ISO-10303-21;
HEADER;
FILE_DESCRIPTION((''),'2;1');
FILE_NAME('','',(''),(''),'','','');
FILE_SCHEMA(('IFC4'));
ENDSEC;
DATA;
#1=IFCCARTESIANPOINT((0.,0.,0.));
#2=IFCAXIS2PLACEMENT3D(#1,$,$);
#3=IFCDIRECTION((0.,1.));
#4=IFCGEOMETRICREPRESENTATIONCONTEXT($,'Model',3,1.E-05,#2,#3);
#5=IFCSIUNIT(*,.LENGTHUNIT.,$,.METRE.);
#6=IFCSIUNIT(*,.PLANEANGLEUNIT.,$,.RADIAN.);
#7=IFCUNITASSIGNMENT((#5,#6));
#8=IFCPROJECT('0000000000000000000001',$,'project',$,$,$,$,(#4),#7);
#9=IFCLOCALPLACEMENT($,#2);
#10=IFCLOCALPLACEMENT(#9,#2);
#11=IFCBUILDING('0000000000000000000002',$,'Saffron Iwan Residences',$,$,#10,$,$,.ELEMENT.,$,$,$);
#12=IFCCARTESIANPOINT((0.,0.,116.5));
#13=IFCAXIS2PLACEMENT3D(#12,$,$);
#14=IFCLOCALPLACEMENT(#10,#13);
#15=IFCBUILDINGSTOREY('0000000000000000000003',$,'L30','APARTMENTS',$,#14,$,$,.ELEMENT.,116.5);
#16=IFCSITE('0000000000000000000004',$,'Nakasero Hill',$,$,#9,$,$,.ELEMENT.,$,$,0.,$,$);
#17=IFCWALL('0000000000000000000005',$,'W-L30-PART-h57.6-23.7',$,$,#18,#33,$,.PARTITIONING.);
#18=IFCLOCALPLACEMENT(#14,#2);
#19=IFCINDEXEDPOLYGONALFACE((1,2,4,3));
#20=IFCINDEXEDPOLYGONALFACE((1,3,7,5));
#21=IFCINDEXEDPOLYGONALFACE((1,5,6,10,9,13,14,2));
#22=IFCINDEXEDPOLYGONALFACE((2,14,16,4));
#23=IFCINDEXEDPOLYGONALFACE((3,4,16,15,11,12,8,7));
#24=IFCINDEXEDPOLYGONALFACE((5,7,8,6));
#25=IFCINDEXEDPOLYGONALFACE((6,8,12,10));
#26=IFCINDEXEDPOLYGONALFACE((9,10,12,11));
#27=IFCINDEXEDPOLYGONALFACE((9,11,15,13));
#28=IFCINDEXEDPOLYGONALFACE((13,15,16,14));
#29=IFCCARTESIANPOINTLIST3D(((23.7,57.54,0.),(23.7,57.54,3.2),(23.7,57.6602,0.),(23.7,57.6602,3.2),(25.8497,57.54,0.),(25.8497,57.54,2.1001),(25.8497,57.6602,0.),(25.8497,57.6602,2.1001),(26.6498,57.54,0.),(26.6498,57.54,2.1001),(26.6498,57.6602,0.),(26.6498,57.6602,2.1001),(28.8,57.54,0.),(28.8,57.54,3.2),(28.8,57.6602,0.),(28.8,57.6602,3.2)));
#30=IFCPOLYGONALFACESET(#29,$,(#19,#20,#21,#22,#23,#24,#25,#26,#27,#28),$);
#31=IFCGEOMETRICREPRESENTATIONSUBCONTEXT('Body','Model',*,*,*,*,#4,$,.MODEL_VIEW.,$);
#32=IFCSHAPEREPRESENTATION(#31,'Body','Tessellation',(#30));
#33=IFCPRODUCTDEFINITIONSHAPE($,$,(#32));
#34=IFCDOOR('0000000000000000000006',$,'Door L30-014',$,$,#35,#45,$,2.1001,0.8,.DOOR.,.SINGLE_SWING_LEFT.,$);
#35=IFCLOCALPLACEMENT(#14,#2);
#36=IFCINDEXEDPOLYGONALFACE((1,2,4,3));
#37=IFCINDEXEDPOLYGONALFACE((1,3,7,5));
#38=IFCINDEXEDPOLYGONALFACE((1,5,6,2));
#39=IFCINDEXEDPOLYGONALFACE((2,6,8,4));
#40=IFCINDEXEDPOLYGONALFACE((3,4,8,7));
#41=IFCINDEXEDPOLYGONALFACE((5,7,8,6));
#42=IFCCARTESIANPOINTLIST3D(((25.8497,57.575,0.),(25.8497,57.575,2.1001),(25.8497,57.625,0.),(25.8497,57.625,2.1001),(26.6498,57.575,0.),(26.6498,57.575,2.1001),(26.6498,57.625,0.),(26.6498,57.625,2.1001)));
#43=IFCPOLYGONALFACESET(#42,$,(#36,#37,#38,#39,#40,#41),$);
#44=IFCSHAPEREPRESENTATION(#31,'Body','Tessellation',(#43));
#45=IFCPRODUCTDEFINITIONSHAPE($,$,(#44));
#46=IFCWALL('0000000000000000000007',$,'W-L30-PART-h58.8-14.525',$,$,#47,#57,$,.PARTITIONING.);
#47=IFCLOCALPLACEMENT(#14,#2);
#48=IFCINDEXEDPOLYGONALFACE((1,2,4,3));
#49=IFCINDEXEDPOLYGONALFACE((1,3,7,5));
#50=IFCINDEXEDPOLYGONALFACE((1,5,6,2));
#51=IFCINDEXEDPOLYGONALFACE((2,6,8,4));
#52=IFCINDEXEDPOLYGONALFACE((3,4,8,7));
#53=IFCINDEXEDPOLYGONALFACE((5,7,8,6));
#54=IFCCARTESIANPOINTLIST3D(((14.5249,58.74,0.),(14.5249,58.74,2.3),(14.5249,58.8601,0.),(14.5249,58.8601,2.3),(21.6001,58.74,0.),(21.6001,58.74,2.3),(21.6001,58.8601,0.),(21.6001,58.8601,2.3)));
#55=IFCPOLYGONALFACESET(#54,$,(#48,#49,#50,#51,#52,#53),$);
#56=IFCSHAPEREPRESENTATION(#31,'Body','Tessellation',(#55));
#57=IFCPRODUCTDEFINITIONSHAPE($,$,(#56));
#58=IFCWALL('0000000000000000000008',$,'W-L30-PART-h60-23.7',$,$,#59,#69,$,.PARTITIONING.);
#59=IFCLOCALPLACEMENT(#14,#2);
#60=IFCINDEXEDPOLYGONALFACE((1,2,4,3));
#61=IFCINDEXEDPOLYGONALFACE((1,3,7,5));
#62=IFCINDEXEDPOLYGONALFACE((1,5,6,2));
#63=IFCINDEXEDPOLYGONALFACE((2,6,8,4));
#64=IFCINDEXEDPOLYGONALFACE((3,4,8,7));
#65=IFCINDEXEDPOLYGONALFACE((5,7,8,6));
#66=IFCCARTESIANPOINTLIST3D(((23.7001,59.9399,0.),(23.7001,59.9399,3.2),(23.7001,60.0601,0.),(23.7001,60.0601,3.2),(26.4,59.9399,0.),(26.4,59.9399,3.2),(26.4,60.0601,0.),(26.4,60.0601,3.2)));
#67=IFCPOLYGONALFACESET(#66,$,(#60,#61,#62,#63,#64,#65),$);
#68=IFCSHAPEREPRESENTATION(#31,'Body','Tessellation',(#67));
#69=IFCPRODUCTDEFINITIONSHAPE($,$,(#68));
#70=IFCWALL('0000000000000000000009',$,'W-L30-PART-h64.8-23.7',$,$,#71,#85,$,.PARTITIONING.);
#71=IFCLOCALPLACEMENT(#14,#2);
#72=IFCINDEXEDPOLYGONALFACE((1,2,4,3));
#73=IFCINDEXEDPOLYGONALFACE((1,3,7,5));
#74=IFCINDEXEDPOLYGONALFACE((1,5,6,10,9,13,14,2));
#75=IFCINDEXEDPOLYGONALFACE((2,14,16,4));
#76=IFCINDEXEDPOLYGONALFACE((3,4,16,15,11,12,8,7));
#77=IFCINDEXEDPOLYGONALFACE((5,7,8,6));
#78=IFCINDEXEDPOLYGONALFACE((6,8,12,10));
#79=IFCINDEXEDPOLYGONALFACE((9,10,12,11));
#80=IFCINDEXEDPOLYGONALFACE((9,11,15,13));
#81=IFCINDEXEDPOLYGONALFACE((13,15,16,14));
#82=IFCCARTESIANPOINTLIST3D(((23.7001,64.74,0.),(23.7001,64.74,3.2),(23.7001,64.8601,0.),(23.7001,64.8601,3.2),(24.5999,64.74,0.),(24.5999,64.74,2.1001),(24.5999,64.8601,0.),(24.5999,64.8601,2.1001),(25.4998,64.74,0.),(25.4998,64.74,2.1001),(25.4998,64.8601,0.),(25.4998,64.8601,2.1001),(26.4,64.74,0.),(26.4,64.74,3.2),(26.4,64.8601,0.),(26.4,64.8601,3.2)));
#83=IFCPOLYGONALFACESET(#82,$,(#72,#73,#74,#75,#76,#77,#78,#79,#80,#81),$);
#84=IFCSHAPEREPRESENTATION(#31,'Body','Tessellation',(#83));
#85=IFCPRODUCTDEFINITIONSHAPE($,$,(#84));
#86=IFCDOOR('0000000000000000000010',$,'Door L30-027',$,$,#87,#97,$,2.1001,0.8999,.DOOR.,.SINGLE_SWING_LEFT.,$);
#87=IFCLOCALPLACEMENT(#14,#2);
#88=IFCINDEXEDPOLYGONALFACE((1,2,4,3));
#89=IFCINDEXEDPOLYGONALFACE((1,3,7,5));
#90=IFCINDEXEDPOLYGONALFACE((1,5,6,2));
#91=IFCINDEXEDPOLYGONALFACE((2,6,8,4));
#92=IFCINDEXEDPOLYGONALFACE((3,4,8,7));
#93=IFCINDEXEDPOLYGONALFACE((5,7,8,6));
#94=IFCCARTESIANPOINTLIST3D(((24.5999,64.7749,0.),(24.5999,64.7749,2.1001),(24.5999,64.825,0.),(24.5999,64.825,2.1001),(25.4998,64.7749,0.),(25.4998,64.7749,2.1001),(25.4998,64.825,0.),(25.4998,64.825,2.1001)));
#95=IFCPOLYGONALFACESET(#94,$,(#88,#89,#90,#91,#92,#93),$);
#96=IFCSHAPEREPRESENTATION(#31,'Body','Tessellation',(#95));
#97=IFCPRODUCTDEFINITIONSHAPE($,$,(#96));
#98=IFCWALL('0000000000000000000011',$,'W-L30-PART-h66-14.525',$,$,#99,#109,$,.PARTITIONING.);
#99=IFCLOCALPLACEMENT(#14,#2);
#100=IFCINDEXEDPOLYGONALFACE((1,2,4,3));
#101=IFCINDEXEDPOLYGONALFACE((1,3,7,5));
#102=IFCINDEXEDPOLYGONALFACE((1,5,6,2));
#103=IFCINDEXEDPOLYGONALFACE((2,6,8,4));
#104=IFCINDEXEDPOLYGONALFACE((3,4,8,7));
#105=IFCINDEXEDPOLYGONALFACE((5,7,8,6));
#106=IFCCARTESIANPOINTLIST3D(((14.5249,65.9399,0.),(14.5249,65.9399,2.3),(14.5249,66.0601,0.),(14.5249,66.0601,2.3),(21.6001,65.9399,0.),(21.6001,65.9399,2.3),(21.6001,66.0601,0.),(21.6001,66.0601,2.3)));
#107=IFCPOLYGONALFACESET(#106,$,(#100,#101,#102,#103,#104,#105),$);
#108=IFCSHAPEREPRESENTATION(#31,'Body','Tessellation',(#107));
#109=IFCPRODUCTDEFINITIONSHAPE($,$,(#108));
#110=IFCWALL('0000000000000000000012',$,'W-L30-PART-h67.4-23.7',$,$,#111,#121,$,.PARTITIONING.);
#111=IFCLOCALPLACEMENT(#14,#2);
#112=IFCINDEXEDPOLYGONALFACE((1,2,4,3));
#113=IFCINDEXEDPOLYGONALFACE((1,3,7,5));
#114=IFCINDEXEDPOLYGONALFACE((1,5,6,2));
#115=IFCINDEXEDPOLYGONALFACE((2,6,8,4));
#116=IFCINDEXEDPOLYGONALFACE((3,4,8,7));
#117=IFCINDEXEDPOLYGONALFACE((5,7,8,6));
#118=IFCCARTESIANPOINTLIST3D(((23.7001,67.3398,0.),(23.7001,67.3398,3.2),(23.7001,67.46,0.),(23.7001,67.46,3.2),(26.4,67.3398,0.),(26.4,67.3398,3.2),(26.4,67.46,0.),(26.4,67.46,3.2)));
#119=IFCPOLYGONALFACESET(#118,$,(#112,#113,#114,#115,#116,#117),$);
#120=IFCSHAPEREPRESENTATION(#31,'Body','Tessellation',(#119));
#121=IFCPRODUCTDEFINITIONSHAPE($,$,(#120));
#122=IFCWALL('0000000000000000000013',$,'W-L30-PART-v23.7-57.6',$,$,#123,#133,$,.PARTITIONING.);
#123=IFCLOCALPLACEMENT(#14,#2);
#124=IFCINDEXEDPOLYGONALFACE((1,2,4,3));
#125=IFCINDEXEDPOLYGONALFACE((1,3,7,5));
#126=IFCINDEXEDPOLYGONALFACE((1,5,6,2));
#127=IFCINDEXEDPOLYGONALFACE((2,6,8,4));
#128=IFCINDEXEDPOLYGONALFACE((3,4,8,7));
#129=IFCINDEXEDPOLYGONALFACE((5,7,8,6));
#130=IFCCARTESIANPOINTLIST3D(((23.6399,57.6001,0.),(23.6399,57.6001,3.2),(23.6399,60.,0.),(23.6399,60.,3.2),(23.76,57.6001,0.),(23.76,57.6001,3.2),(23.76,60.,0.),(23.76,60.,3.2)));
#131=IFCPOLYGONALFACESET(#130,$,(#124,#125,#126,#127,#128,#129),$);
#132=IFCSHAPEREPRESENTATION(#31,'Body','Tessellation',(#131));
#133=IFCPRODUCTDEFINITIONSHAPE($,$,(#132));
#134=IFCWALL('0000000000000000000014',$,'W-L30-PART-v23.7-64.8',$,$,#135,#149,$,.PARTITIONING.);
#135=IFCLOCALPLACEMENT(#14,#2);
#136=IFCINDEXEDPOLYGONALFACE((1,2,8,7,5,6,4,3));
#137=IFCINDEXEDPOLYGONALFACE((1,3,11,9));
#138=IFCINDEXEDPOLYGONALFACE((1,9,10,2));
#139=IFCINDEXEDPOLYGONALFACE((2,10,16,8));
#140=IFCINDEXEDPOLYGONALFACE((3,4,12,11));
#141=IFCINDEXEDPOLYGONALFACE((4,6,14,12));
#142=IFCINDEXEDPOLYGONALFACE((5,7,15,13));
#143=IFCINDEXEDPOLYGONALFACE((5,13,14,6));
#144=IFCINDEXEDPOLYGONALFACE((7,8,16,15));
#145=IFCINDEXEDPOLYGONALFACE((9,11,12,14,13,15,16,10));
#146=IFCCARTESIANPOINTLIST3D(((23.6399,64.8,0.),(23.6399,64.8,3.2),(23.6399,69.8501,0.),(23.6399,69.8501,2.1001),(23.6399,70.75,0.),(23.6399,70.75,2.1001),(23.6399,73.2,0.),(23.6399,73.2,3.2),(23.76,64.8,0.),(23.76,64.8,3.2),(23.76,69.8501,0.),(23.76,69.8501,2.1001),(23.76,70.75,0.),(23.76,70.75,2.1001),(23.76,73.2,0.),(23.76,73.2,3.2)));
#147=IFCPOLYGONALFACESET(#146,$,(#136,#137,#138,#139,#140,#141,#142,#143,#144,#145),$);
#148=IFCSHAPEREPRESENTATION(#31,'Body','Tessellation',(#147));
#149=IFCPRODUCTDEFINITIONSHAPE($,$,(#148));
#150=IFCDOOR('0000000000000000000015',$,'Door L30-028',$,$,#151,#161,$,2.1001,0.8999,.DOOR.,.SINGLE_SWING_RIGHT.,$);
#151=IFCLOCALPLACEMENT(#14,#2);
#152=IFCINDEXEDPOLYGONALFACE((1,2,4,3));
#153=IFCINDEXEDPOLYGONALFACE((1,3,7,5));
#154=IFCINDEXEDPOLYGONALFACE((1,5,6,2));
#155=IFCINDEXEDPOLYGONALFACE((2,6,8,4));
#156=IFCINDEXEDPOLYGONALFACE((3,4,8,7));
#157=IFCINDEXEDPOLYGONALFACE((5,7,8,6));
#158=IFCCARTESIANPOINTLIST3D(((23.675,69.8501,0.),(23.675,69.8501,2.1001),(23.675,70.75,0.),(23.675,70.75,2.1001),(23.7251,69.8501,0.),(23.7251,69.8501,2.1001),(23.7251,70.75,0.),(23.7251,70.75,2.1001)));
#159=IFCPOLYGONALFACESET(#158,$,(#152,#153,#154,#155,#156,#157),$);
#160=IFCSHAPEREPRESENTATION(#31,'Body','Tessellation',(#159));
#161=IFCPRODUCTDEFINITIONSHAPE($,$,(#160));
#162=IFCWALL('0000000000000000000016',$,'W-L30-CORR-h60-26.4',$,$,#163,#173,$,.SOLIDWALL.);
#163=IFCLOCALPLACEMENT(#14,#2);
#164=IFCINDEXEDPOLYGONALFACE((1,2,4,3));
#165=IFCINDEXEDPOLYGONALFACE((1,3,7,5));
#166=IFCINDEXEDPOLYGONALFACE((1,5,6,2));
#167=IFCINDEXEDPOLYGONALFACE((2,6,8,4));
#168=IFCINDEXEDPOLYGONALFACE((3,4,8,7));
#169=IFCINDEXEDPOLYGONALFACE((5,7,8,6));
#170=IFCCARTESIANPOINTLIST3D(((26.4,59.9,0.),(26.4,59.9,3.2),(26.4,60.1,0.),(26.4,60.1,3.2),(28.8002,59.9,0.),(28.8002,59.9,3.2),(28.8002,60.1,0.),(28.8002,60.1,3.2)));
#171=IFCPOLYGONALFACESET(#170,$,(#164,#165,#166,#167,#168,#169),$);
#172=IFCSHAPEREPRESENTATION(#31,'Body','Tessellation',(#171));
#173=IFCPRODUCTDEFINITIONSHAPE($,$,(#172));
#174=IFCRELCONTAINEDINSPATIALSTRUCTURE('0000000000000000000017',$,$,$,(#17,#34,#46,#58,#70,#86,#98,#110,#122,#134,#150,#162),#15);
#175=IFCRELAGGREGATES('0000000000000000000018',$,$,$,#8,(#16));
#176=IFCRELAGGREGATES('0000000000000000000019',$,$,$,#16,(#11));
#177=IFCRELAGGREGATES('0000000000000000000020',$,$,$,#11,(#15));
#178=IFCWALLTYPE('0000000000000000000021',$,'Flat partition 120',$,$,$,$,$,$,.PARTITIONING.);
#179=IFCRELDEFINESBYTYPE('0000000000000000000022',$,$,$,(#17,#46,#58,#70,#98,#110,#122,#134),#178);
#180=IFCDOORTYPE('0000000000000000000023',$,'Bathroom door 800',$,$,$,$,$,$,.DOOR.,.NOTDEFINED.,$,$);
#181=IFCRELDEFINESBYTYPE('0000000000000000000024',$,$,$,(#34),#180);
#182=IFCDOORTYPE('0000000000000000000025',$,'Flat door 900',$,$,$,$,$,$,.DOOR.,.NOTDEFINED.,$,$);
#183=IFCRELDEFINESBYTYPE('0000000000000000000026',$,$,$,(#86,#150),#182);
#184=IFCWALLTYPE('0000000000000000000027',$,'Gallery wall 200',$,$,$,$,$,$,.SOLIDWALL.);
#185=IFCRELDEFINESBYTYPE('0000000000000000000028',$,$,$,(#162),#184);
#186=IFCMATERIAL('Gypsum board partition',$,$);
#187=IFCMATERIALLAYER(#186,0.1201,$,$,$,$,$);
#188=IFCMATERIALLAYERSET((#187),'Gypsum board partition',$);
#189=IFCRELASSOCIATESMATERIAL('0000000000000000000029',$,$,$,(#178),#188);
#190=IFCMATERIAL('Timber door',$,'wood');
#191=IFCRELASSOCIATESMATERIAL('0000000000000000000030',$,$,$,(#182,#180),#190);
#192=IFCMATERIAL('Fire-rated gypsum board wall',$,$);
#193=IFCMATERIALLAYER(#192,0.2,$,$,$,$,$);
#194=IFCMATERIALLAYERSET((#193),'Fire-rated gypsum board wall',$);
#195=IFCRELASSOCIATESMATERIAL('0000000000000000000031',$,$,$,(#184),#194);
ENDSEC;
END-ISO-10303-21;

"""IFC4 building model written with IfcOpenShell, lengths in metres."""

from ifc_helpers import new_model, si_unit, direction, frame, frame_2d, origin, place, context, subcontext, project, spatial, rectangle, extrude, material, layer, layer_set, type_object, element, fill, save


model = new_model("IFC4")

# Units and contexts
model_context = context("Model", 3, precision=1e-05, world=origin(), true_north=direction((0.0, 1.0)))
body_context = subcontext(model_context, "Body", "Model", "MODEL_VIEW")
ifc_project = project(units=[si_unit("LENGTHUNIT", "METRE"), si_unit("PLANEANGLEUNIT", "RADIAN")], contexts=[model_context])

# Site, building, storey
site_placement = place(None, origin())
site = spatial("IfcSite", under=ifc_project, at=site_placement, Name="Nakasero Hill", CompositionType="ELEMENT", RefElevation=0.0)
building_placement = place(site_placement, origin())
building = spatial("IfcBuilding", under=site, at=building_placement, Name="Saffron Iwan Residences", CompositionType="ELEMENT")
storey_placement = place(building_placement, frame((0.0, 0.0, 116.5)))
storey = spatial("IfcBuildingStorey", under=building, at=storey_placement, Name="L30", Description="APARTMENTS", CompositionType="ELEMENT", Elevation=116.5)

# Shared definitions
ifc_material_1 = material(Name="Fire-rated gypsum board wall")
ifc_material_2 = material(Name="Gypsum board partition")
ifc_layer_1 = layer(ifc_material_2, 0.1201)
ifc_layer_set_1 = layer_set([ifc_layer_1], Name="Gypsum board partition")
wall_type_1 = type_object("IfcWallType", Name="Flat partition 120", PredefinedType="PARTITIONING", material=ifc_layer_set_1)

# Shared definitions
ifc_material_3 = material(Name="Timber door", Category="wood")
door_type_1 = type_object("IfcDoorType", Name="Flat door 900", OperationType="NOTDEFINED", PredefinedType="DOOR", material=ifc_material_3)

# Wall, opening, door
wall_1_placement = place(storey_placement, frame((23.7, 57.6001, 0.0), z_axis=(0.0, 0.0, 1.0), x_axis=(1.0, 0.0, 0.0)))
wall_1 = element("IfcWall", 1, at=wall_1_placement, inside=storey, type_object=wall_type_1, Name="W-L30-PART-h57.6-23.7", PredefinedType="PARTITIONING", context=body_context, shape_type="SweptSolid", body=[
    extrude(rectangle(XDim=5.1001, YDim=0.1201, at=frame_2d((2.55, 0.0))), origin(), (0.0, 0.0, 1.0), 3.2),
])
opening_1_placement = place(wall_1_placement, frame((2.1499, 0.0, 0.0)))
opening_1 = element("IfcOpeningElement", 2, at=opening_1_placement, cuts=wall_1, PredefinedType="OPENING", context=body_context, shape_type="SweptSolid", body=[
    extrude(rectangle(XDim=0.8, YDim=2.1001, at=frame_2d((0.3999, 1.05))), frame((0.0, 0.0701, 0.0), z_axis=(0.0, -1.0, 0.0), x_axis=(1.0, 0.0, 0.0)), (0.0, 0.0, 1.0), 0.1401),
])
door_type_2 = type_object("IfcDoorType", Name="Bathroom door 800", OperationType="NOTDEFINED", PredefinedType="DOOR", material=ifc_material_3)
door_1_placement = place(opening_1_placement, origin())
door_1 = element("IfcDoor", 3, at=door_1_placement, inside=storey, type_object=door_type_2, Name="Door L30-014", OperationType="SINGLE_SWING_LEFT", OverallHeight=2.1001, OverallWidth=0.8, PredefinedType="DOOR", context=body_context, shape_type="SweptSolid", body=[
    extrude(rectangle(XDim=0.8, YDim=2.1001, at=frame_2d((0.3999, 1.05))), frame((0.0, 0.0249, 0.0), z_axis=(0.0, -1.0, 0.0), x_axis=(1.0, 0.0, 0.0)), (0.0, 0.0, 1.0), 0.05),
])
fill(opening_1, door_1)

# Walls
wall_2_placement = place(storey_placement, frame((14.5249, 58.8, 0.0), z_axis=(0.0, 0.0, 1.0), x_axis=(1.0, 0.0, 0.0)))
element("IfcWall", 4, at=wall_2_placement, inside=storey, type_object=wall_type_1, Name="W-L30-PART-h58.8-14.525", PredefinedType="PARTITIONING", context=body_context, shape_type="SweptSolid", body=[
    extrude(rectangle(XDim=7.0752, YDim=0.1201, at=frame_2d((3.5376, 0.0))), origin(), (0.0, 0.0, 1.0), 2.3),
])
wall_3_placement = place(storey_placement, frame((23.7, 60.0, 0.0), z_axis=(0.0, 0.0, 1.0), x_axis=(1.0, 0.0, 0.0)))
element("IfcWall", 5, at=wall_3_placement, inside=storey, type_object=wall_type_1, Name="W-L30-PART-h60-23.7", PredefinedType="PARTITIONING", context=body_context, shape_type="SweptSolid", body=[
    extrude(rectangle(XDim=2.7, YDim=0.1201, at=frame_2d((1.3501, 0.0))), origin(), (0.0, 0.0, 1.0), 3.2),
])

# Wall, opening, door
wall_4_placement = place(storey_placement, frame((23.7, 64.8, 0.0), z_axis=(0.0, 0.0, 1.0), x_axis=(1.0, 0.0, 0.0)))
wall_4 = element("IfcWall", 6, at=wall_4_placement, inside=storey, type_object=wall_type_1, Name="W-L30-PART-h64.8-23.7", PredefinedType="PARTITIONING", context=body_context, shape_type="SweptSolid", body=[
    extrude(rectangle(XDim=2.7, YDim=0.1201, at=frame_2d((1.3501, 0.0))), origin(), (0.0, 0.0, 1.0), 3.2),
])
opening_2_placement = place(wall_4_placement, frame((0.8999, 0.0, 0.0)))
opening_2 = element("IfcOpeningElement", 7, at=opening_2_placement, cuts=wall_4, PredefinedType="OPENING", context=body_context, shape_type="SweptSolid", body=[
    extrude(rectangle(XDim=0.8999, YDim=2.1001, at=frame_2d((0.45, 1.05))), frame((0.0, 0.0701, 0.0), z_axis=(0.0, -1.0, 0.0), x_axis=(1.0, 0.0, 0.0)), (0.0, 0.0, 1.0), 0.1401),
])
door_2_placement = place(opening_2_placement, origin())
door_2 = element("IfcDoor", 8, at=door_2_placement, inside=storey, type_object=door_type_1, Name="Door L30-027", OperationType="SINGLE_SWING_LEFT", OverallHeight=2.1001, OverallWidth=0.8999, PredefinedType="DOOR", context=body_context, shape_type="SweptSolid", body=[
    extrude(rectangle(XDim=0.8999, YDim=2.1001, at=frame_2d((0.45, 1.05))), frame((0.0, 0.0249, 0.0), z_axis=(0.0, -1.0, 0.0), x_axis=(1.0, 0.0, 0.0)), (0.0, 0.0, 1.0), 0.05),
])
fill(opening_2, door_2)

# Walls
wall_5_placement = place(storey_placement, frame((14.5249, 66.0, 0.0), z_axis=(0.0, 0.0, 1.0), x_axis=(1.0, 0.0, 0.0)))
element("IfcWall", 9, at=wall_5_placement, inside=storey, type_object=wall_type_1, Name="W-L30-PART-h66-14.525", PredefinedType="PARTITIONING", context=body_context, shape_type="SweptSolid", body=[
    extrude(rectangle(XDim=7.0752, YDim=0.1201, at=frame_2d((3.5376, 0.0))), origin(), (0.0, 0.0, 1.0), 2.3),
])
wall_6_placement = place(storey_placement, frame((23.7, 67.3999, 0.0), z_axis=(0.0, 0.0, 1.0), x_axis=(1.0, 0.0, 0.0)))
element("IfcWall", 10, at=wall_6_placement, inside=storey, type_object=wall_type_1, Name="W-L30-PART-h67.4-23.7", PredefinedType="PARTITIONING", context=body_context, shape_type="SweptSolid", body=[
    extrude(rectangle(XDim=2.7, YDim=0.1201, at=frame_2d((1.3501, 0.0))), origin(), (0.0, 0.0, 1.0), 3.2),
])
wall_7_placement = place(storey_placement, frame((23.7, 57.6001, 0.0), z_axis=(0.0, 0.0, 1.0), x_axis=(0.0, 1.0, 0.0)))
element("IfcWall", 11, at=wall_7_placement, inside=storey, type_object=wall_type_1, Name="W-L30-PART-v23.7-57.6", PredefinedType="PARTITIONING", context=body_context, shape_type="SweptSolid", body=[
    extrude(rectangle(XDim=2.3999, YDim=0.1201, at=frame_2d((1.2, 0.0))), origin(), (0.0, 0.0, 1.0), 3.2),
])

# Wall, opening, door
wall_8_placement = place(storey_placement, frame((23.7, 64.8, 0.0), z_axis=(0.0, 0.0, 1.0), x_axis=(0.0, 1.0, 0.0)))
wall_8 = element("IfcWall", 12, at=wall_8_placement, inside=storey, type_object=wall_type_1, Name="W-L30-PART-v23.7-64.8", PredefinedType="PARTITIONING", context=body_context, shape_type="SweptSolid", body=[
    extrude(rectangle(XDim=8.3999, YDim=0.1201, at=frame_2d((4.2, 0.0))), origin(), (0.0, 0.0, 1.0), 3.2),
])
opening_3_placement = place(wall_8_placement, frame((5.05, 0.0, 0.0)))
opening_3 = element("IfcOpeningElement", 13, at=opening_3_placement, cuts=wall_8, PredefinedType="OPENING", context=body_context, shape_type="SweptSolid", body=[
    extrude(rectangle(XDim=0.8999, YDim=2.1001, at=frame_2d((0.45, 1.05))), frame((0.0, 0.0701, 0.0), z_axis=(0.0, -1.0, 0.0), x_axis=(1.0, 0.0, 0.0)), (0.0, 0.0, 1.0), 0.1401),
])
door_3_placement = place(opening_3_placement, origin())
door_3 = element("IfcDoor", 14, at=door_3_placement, inside=storey, type_object=door_type_1, Name="Door L30-028", OperationType="SINGLE_SWING_RIGHT", OverallHeight=2.1001, OverallWidth=0.8999, PredefinedType="DOOR", context=body_context, shape_type="SweptSolid", body=[
    extrude(rectangle(XDim=0.8999, YDim=2.1001, at=frame_2d((0.45, 1.05))), frame((0.0, 0.0249, 0.0), z_axis=(0.0, -1.0, 0.0), x_axis=(1.0, 0.0, 0.0)), (0.0, 0.0, 1.0), 0.05),
])
fill(opening_3, door_3)

# Wall
ifc_layer_2 = layer(ifc_material_1, 0.2)
ifc_layer_set_2 = layer_set([ifc_layer_2], Name="Fire-rated gypsum board wall")
wall_type_2 = type_object("IfcWallType", Name="Gallery wall 200", PredefinedType="SOLIDWALL", material=ifc_layer_set_2)
wall_9_placement = place(storey_placement, frame((26.3999, 60.0, 0.0), z_axis=(0.0, 0.0, 1.0), x_axis=(1.0, 0.0, 0.0)))
element("IfcWall", 15, at=wall_9_placement, inside=storey, type_object=wall_type_2, Name="W-L30-CORR-h60-26.4", PredefinedType="SOLIDWALL", context=body_context, shape_type="SweptSolid", body=[
    extrude(rectangle(XDim=2.4001, YDim=0.2, at=frame_2d((1.2002, 0.0))), origin(), (0.0, 0.0, 1.0), 3.2),
])

save(model, "model.ifc")
